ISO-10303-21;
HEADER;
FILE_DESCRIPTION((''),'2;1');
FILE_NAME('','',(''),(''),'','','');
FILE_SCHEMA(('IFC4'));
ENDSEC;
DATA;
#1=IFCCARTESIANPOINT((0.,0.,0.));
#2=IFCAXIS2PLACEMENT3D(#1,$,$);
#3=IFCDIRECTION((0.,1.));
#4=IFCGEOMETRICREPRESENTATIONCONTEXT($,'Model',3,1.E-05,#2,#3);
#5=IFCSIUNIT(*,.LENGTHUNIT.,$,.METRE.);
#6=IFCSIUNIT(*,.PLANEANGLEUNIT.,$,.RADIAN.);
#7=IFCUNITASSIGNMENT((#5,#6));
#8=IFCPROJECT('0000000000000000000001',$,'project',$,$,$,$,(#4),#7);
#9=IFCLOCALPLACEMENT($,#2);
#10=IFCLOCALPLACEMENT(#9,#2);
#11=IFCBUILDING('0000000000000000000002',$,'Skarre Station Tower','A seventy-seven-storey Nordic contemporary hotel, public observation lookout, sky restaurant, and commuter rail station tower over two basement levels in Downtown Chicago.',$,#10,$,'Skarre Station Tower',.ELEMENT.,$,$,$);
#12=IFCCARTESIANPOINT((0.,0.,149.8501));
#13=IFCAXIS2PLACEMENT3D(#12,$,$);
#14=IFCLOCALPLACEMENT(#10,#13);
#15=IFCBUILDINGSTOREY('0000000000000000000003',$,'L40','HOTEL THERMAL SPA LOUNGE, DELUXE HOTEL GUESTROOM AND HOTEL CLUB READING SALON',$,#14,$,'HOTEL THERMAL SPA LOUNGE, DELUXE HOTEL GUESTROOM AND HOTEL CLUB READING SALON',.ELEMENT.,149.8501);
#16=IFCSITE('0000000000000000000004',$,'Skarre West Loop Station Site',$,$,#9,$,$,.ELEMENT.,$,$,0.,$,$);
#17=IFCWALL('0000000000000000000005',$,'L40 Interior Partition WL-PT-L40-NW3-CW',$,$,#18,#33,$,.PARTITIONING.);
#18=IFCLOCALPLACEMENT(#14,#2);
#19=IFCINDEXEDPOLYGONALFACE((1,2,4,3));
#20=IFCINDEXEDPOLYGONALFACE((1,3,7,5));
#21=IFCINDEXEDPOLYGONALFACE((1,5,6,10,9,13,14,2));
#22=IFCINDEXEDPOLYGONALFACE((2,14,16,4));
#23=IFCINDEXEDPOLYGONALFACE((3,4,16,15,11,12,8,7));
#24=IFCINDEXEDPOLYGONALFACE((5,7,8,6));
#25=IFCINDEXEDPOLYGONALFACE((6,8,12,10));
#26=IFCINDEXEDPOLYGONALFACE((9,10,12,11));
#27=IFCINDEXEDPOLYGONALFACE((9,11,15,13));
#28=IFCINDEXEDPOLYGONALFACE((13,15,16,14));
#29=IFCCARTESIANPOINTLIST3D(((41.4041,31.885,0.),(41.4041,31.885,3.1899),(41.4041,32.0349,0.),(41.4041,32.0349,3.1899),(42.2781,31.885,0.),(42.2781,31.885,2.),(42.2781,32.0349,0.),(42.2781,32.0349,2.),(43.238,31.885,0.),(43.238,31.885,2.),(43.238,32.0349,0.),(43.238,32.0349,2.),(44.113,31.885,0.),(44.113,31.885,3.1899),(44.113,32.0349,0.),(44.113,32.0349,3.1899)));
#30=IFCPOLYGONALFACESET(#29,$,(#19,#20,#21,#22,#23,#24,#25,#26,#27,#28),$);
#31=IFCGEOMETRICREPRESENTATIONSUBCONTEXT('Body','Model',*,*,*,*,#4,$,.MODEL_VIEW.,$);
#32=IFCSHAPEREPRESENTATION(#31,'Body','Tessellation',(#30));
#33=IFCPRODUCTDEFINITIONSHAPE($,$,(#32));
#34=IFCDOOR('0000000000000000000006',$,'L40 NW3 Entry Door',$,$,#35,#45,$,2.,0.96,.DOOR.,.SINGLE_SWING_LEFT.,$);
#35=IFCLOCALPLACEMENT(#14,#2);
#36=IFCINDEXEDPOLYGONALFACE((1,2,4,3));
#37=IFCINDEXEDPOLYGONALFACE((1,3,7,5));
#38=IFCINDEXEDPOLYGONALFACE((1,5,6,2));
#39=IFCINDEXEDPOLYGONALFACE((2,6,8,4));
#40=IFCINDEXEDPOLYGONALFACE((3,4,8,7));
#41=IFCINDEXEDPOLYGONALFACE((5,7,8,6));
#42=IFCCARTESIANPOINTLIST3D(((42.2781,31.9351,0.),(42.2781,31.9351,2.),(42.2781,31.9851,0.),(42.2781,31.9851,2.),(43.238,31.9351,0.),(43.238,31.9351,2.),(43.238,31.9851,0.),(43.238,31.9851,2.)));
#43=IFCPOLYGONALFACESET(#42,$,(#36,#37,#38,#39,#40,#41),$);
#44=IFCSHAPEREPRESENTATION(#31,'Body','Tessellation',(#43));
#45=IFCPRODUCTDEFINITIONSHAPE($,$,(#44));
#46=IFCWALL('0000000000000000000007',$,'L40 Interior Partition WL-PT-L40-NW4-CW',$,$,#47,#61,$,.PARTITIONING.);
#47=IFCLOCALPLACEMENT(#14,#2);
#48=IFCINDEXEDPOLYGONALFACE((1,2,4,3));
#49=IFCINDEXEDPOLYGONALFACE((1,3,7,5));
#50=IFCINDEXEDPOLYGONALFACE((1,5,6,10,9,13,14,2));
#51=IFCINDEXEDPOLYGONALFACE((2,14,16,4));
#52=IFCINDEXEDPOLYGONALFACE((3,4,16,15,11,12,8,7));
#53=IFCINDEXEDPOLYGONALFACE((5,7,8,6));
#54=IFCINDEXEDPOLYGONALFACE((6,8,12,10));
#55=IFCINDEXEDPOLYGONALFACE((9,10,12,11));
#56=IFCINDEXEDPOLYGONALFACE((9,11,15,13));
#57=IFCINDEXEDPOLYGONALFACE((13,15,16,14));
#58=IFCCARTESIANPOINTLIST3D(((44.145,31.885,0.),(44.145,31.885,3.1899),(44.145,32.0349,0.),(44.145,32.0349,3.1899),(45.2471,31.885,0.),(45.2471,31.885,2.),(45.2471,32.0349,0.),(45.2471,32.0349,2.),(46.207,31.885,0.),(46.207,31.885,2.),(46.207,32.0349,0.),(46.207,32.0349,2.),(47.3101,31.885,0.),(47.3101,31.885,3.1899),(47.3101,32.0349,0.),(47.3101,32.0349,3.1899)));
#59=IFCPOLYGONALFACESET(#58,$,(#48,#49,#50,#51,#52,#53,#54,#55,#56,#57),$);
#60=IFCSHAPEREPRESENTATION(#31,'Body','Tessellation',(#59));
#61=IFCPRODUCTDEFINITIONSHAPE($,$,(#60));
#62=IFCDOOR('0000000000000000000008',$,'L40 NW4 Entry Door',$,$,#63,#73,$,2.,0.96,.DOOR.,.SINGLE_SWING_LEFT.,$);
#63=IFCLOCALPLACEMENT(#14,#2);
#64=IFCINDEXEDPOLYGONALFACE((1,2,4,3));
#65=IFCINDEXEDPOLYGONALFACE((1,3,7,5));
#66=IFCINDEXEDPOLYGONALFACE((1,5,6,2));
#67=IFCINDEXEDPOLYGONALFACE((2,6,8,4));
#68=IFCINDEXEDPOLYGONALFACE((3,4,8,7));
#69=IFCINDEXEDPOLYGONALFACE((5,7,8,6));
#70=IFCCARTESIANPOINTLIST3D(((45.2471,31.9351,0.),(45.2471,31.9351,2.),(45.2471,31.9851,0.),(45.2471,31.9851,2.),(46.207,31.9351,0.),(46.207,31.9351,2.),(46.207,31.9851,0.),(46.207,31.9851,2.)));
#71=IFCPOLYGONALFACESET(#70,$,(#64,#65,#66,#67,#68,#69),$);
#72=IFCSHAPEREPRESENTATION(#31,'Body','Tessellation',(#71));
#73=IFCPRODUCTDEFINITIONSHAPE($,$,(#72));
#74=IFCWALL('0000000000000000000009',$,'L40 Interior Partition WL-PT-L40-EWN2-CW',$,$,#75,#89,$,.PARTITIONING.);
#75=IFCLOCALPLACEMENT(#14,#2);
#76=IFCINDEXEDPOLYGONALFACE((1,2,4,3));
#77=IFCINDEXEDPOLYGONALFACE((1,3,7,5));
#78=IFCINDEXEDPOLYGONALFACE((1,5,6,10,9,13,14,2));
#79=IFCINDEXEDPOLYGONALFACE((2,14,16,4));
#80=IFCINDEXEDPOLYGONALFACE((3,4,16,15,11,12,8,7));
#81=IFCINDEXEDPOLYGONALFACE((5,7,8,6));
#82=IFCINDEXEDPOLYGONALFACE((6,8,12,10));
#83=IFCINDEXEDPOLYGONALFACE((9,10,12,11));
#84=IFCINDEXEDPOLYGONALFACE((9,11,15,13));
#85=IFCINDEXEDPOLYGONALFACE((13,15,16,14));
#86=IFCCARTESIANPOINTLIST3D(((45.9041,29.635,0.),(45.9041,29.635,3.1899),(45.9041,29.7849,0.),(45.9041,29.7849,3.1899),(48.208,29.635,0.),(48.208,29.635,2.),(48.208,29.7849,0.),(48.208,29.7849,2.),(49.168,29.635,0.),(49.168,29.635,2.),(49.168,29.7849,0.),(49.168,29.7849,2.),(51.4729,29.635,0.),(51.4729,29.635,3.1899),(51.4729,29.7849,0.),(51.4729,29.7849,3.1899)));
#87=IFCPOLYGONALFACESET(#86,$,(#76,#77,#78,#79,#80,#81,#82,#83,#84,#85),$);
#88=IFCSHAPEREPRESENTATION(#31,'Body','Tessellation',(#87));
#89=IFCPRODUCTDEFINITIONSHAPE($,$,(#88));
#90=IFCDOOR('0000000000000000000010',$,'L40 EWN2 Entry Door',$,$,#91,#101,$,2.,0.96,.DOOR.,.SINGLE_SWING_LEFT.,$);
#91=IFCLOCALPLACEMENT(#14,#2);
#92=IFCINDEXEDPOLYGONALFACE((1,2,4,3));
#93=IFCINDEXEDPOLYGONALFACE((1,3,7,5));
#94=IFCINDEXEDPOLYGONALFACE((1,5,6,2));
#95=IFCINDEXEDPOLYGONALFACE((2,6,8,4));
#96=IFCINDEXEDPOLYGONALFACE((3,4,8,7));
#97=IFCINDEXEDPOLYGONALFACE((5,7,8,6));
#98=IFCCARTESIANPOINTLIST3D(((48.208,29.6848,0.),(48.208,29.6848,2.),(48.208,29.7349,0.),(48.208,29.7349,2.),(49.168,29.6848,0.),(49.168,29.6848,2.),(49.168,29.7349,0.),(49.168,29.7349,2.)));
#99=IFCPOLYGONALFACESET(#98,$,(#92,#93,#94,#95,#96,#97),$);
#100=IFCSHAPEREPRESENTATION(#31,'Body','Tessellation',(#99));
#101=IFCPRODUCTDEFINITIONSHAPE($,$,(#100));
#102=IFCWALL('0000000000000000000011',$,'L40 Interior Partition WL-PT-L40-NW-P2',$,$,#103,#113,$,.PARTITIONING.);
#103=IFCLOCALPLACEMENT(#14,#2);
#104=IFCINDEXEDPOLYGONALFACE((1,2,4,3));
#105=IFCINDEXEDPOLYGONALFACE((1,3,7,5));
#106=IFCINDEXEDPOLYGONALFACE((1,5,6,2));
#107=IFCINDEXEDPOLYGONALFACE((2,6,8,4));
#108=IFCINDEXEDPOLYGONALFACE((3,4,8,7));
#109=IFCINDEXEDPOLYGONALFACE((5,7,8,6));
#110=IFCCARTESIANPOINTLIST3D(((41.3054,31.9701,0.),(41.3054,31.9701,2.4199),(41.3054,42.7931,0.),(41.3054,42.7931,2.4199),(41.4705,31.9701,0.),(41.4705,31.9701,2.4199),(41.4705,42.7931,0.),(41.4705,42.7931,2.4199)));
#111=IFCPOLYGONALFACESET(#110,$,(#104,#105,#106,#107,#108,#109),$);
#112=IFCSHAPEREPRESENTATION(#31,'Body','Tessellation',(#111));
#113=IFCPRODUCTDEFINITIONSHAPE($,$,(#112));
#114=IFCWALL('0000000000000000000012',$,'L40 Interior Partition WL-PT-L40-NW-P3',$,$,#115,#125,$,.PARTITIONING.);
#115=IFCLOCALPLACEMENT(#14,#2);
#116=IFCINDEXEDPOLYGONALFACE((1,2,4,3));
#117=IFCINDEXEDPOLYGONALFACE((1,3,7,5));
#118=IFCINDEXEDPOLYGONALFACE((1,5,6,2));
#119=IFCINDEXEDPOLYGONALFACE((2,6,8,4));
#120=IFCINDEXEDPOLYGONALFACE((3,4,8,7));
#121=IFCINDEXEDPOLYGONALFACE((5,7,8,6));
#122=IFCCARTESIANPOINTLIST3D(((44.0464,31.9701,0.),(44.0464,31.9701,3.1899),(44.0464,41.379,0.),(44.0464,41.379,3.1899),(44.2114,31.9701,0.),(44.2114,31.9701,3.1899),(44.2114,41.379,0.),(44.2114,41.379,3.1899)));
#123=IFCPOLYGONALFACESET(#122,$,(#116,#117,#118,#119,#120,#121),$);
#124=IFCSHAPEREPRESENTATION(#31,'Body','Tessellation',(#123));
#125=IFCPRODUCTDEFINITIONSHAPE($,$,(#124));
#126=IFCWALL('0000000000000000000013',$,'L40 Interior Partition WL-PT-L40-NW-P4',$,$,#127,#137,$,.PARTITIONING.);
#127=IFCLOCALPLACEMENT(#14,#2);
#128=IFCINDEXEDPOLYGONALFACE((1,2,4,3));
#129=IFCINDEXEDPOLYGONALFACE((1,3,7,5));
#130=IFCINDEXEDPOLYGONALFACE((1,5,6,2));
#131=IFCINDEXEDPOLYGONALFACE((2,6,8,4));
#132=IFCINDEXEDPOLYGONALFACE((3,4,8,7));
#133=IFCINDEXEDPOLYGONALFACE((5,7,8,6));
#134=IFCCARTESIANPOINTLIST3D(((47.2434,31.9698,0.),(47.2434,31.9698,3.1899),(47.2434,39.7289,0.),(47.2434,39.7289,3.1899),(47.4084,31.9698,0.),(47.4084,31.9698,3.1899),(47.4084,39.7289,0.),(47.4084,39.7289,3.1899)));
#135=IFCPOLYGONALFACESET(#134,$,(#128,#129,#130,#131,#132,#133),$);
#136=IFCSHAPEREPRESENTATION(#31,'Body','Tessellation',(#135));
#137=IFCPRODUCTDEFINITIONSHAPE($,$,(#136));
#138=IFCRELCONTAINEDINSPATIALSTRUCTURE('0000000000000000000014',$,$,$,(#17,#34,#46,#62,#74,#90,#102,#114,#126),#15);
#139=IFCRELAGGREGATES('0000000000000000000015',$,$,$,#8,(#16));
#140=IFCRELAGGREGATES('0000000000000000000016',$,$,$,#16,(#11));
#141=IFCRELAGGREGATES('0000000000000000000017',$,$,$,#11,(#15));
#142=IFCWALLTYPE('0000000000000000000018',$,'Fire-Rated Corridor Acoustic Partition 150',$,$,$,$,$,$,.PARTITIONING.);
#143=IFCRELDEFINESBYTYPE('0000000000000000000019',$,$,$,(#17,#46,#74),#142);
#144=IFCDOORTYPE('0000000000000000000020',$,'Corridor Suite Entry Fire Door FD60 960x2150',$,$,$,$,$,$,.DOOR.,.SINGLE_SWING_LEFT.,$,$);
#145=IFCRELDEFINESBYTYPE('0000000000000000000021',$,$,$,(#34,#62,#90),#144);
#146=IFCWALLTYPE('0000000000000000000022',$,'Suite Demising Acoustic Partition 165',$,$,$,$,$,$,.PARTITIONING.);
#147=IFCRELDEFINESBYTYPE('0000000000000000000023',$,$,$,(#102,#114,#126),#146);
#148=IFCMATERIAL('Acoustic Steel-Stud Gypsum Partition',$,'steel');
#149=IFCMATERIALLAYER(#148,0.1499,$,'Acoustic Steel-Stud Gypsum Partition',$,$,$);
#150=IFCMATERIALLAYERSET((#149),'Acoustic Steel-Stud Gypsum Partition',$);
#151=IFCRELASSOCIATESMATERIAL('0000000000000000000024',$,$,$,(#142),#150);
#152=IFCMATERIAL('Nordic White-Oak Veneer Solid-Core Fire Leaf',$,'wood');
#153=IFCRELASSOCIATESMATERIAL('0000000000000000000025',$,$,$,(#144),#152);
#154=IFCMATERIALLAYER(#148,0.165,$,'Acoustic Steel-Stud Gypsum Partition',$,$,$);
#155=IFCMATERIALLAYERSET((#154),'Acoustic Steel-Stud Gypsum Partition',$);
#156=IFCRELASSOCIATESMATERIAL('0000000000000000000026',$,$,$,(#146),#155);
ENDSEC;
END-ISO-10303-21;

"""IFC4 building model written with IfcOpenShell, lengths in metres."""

from ifc_helpers import new_model, si_unit, direction, frame, frame_2d, origin, place, context, subcontext, project, spatial, rectangle, extrude, material, layer, layer_set, type_object, element, fill, save


model = new_model("IFC4")

# Units and contexts
model_context = context("Model", 3, precision=1e-05, world=origin(), true_north=direction((0.0, 1.0)))
body_context = subcontext(model_context, "Body", "Model", "MODEL_VIEW")
ifc_project = project(units=[si_unit("LENGTHUNIT", "METRE"), si_unit("PLANEANGLEUNIT", "RADIAN")], contexts=[model_context])

# Site, building, storey
site_placement = place(None, origin())
site = spatial("IfcSite", under=ifc_project, at=site_placement, Name="Skarre West Loop Station Site", CompositionType="ELEMENT", RefElevation=0.0)
building_placement = place(site_placement, origin())
building = spatial("IfcBuilding", under=site, at=building_placement, Name="Skarre Station Tower", Description="A seventy-seven-storey Nordic contemporary hotel, public observation lookout, sky restaurant, and commuter rail station tower over two basement levels in Downtown Chicago.", LongName="Skarre Station Tower", CompositionType="ELEMENT")
storey_placement = place(building_placement, frame((0.0, 0.0, 149.8501)))
storey = spatial("IfcBuildingStorey", under=building, at=storey_placement, Name="L40", Description="HOTEL THERMAL SPA LOUNGE, DELUXE HOTEL GUESTROOM AND HOTEL CLUB READING SALON", LongName="HOTEL THERMAL SPA LOUNGE, DELUXE HOTEL GUESTROOM AND HOTEL CLUB READING SALON", CompositionType="ELEMENT", Elevation=149.8501)

# Walls, openings, doors
ifc_material_1 = material(Name="Acoustic Steel-Stud Gypsum Partition", Category="steel")
ifc_layer_1 = layer(ifc_material_1, 0.1499, Name="Acoustic Steel-Stud Gypsum Partition")
ifc_layer_set_1 = layer_set([ifc_layer_1], Name="Acoustic Steel-Stud Gypsum Partition")
wall_type_1 = type_object("IfcWallType", Name="Fire-Rated Corridor Acoustic Partition 150", PredefinedType="PARTITIONING", material=ifc_layer_set_1)
ifc_material_2 = material(Name="Nordic White-Oak Veneer Solid-Core Fire Leaf", Category="wood")
door_type = type_object("IfcDoorType", Name="Corridor Suite Entry Fire Door FD60 960x2150", OperationType="SINGLE_SWING_LEFT", PredefinedType="DOOR", material=ifc_material_2)
wall_1_placement = place(storey_placement, frame((44.113, 31.96, 0.0), z_axis=(0.0, 0.0, 1.0), x_axis=(-1.0, 0.0, 0.0)))
wall_1 = element("IfcWall", 1, at=wall_1_placement, inside=storey, type_object=wall_type_1, Name="L40 Interior Partition WL-PT-L40-NW3-CW", PredefinedType="PARTITIONING", context=body_context, shape_type="SweptSolid", body=[
    extrude(rectangle(XDim=2.709, YDim=0.1499, at=frame_2d((1.3545, 0.0))), origin(), (0.0, 0.0, 1.0), 3.1899),
])
opening_1_placement = place(wall_1_placement, frame((0.875, 0.0, 0.0)))
opening_1 = element("IfcOpeningElement", 2, at=opening_1_placement, cuts=wall_1, PredefinedType="OPENING", context=body_context, shape_type="SweptSolid", body=[
    extrude(rectangle(XDim=0.96, YDim=2.0, at=frame_2d((0.48, 1.0))), frame((0.0, 0.085, 0.0), z_axis=(0.0, -1.0, 0.0), x_axis=(1.0, 0.0, 0.0)), (0.0, 0.0, 1.0), 0.1699),
])
door_1_placement = place(opening_1_placement, origin())
door_1 = element("IfcDoor", 3, at=door_1_placement, inside=storey, type_object=door_type, Name="L40 NW3 Entry Door", OperationType="SINGLE_SWING_LEFT", OverallHeight=2.0, OverallWidth=0.96, PredefinedType="DOOR", context=body_context, shape_type="SweptSolid", body=[
    extrude(rectangle(XDim=0.96, YDim=2.0, at=frame_2d((0.48, 1.0))), frame((0.0, 0.0249, 0.0), z_axis=(0.0, -1.0, 0.0), x_axis=(1.0, 0.0, 0.0)), (0.0, 0.0, 1.0), 0.05),
])
fill(opening_1, door_1)
wall_2_placement = place(storey_placement, frame((47.3101, 31.96, 0.0), z_axis=(0.0, 0.0, 1.0), x_axis=(-1.0, 0.0, 0.0)))
wall_2 = element("IfcWall", 4, at=wall_2_placement, inside=storey, type_object=wall_type_1, Name="L40 Interior Partition WL-PT-L40-NW4-CW", PredefinedType="PARTITIONING", context=body_context, shape_type="SweptSolid", body=[
    extrude(rectangle(XDim=3.165, YDim=0.1499, at=frame_2d((1.5825, 0.0))), origin(), (0.0, 0.0, 1.0), 3.1899),
])
opening_2_placement = place(wall_2_placement, frame((1.103, 0.0, 0.0)))
opening_2 = element("IfcOpeningElement", 5, at=opening_2_placement, cuts=wall_2, PredefinedType="OPENING", context=body_context, shape_type="SweptSolid", body=[
    extrude(rectangle(XDim=0.96, YDim=2.0, at=frame_2d((0.48, 1.0))), frame((0.0, 0.085, 0.0), z_axis=(0.0, -1.0, 0.0), x_axis=(1.0, 0.0, 0.0)), (0.0, 0.0, 1.0), 0.1699),
])
door_2_placement = place(opening_2_placement, origin())
door_2 = element("IfcDoor", 6, at=door_2_placement, inside=storey, type_object=door_type, Name="L40 NW4 Entry Door", OperationType="SINGLE_SWING_LEFT", OverallHeight=2.0, OverallWidth=0.96, PredefinedType="DOOR", context=body_context, shape_type="SweptSolid", body=[
    extrude(rectangle(XDim=0.96, YDim=2.0, at=frame_2d((0.48, 1.0))), frame((0.0, 0.0249, 0.0), z_axis=(0.0, -1.0, 0.0), x_axis=(1.0, 0.0, 0.0)), (0.0, 0.0, 1.0), 0.05),
])
fill(opening_2, door_2)
wall_3_placement = place(storey_placement, frame((45.9041, 29.71, 0.0), z_axis=(0.0, 0.0, 1.0), x_axis=(1.0, 0.0, 0.0)))
wall_3 = element("IfcWall", 7, at=wall_3_placement, inside=storey, type_object=wall_type_1, Name="L40 Interior Partition WL-PT-L40-EWN2-CW", PredefinedType="PARTITIONING", context=body_context, shape_type="SweptSolid", body=[
    extrude(rectangle(XDim=5.5688, YDim=0.1499, at=frame_2d((2.7844, 0.0))), origin(), (0.0, 0.0, 1.0), 3.1899),
])
opening_3_placement = place(wall_3_placement, frame((2.304, 0.0, 0.0)))
opening_3 = element("IfcOpeningElement", 8, at=opening_3_placement, cuts=wall_3, PredefinedType="OPENING", context=body_context, shape_type="SweptSolid", body=[
    extrude(rectangle(XDim=0.96, YDim=2.0, at=frame_2d((0.48, 1.0))), frame((0.0, 0.085, 0.0), z_axis=(0.0, -1.0, 0.0), x_axis=(1.0, 0.0, 0.0)), (0.0, 0.0, 1.0), 0.1699),
])
door_3_placement = place(opening_3_placement, origin())
door_3 = element("IfcDoor", 9, at=door_3_placement, inside=storey, type_object=door_type, Name="L40 EWN2 Entry Door", OperationType="SINGLE_SWING_LEFT", OverallHeight=2.0, OverallWidth=0.96, PredefinedType="DOOR", context=body_context, shape_type="SweptSolid", body=[
    extrude(rectangle(XDim=0.96, YDim=2.0, at=frame_2d((0.48, 1.0))), frame((0.0, 0.0249, 0.0), z_axis=(0.0, -1.0, 0.0), x_axis=(1.0, 0.0, 0.0)), (0.0, 0.0, 1.0), 0.05),
])
fill(opening_3, door_3)

# Walls
ifc_layer_2 = layer(ifc_material_1, 0.165, Name="Acoustic Steel-Stud Gypsum Partition")
ifc_layer_set_2 = layer_set([ifc_layer_2], Name="Acoustic Steel-Stud Gypsum Partition")
wall_type_2 = type_object("IfcWallType", Name="Suite Demising Acoustic Partition 165", PredefinedType="PARTITIONING", material=ifc_layer_set_2)
wall_4_placement = place(storey_placement, frame((41.3879, 31.97, 0.0), z_axis=(0.0, 0.0, 1.0), x_axis=(0.0, 1.0, 0.0)))
element("IfcWall", 10, at=wall_4_placement, inside=storey, type_object=wall_type_2, Name="L40 Interior Partition WL-PT-L40-NW-P2", PredefinedType="PARTITIONING", context=body_context, shape_type="SweptSolid", body=[
    extrude(rectangle(XDim=10.823, YDim=0.165, at=frame_2d((5.4116, 0.0))), origin(), (0.0, 0.0, 1.0), 2.4199),
])
wall_5_placement = place(storey_placement, frame((44.1289, 31.97, 0.0), z_axis=(0.0, 0.0, 1.0), x_axis=(0.0, 1.0, 0.0)))
element("IfcWall", 11, at=wall_5_placement, inside=storey, type_object=wall_type_2, Name="L40 Interior Partition WL-PT-L40-NW-P3", PredefinedType="PARTITIONING", context=body_context, shape_type="SweptSolid", body=[
    extrude(rectangle(XDim=9.4089, YDim=0.165, at=frame_2d((4.7046, 0.0))), origin(), (0.0, 0.0, 1.0), 3.1899),
])
wall_6_placement = place(storey_placement, frame((47.3259, 31.97, 0.0), z_axis=(0.0, 0.0, 1.0), x_axis=(0.0, 1.0, 0.0)))
element("IfcWall", 12, at=wall_6_placement, inside=storey, type_object=wall_type_2, Name="L40 Interior Partition WL-PT-L40-NW-P4", PredefinedType="PARTITIONING", context=body_context, shape_type="SweptSolid", body=[
    extrude(rectangle(XDim=7.759, YDim=0.165, at=frame_2d((3.8794, 0.0))), origin(), (0.0, 0.0, 1.0), 3.1899),
])

save(model, "model.ifc")
